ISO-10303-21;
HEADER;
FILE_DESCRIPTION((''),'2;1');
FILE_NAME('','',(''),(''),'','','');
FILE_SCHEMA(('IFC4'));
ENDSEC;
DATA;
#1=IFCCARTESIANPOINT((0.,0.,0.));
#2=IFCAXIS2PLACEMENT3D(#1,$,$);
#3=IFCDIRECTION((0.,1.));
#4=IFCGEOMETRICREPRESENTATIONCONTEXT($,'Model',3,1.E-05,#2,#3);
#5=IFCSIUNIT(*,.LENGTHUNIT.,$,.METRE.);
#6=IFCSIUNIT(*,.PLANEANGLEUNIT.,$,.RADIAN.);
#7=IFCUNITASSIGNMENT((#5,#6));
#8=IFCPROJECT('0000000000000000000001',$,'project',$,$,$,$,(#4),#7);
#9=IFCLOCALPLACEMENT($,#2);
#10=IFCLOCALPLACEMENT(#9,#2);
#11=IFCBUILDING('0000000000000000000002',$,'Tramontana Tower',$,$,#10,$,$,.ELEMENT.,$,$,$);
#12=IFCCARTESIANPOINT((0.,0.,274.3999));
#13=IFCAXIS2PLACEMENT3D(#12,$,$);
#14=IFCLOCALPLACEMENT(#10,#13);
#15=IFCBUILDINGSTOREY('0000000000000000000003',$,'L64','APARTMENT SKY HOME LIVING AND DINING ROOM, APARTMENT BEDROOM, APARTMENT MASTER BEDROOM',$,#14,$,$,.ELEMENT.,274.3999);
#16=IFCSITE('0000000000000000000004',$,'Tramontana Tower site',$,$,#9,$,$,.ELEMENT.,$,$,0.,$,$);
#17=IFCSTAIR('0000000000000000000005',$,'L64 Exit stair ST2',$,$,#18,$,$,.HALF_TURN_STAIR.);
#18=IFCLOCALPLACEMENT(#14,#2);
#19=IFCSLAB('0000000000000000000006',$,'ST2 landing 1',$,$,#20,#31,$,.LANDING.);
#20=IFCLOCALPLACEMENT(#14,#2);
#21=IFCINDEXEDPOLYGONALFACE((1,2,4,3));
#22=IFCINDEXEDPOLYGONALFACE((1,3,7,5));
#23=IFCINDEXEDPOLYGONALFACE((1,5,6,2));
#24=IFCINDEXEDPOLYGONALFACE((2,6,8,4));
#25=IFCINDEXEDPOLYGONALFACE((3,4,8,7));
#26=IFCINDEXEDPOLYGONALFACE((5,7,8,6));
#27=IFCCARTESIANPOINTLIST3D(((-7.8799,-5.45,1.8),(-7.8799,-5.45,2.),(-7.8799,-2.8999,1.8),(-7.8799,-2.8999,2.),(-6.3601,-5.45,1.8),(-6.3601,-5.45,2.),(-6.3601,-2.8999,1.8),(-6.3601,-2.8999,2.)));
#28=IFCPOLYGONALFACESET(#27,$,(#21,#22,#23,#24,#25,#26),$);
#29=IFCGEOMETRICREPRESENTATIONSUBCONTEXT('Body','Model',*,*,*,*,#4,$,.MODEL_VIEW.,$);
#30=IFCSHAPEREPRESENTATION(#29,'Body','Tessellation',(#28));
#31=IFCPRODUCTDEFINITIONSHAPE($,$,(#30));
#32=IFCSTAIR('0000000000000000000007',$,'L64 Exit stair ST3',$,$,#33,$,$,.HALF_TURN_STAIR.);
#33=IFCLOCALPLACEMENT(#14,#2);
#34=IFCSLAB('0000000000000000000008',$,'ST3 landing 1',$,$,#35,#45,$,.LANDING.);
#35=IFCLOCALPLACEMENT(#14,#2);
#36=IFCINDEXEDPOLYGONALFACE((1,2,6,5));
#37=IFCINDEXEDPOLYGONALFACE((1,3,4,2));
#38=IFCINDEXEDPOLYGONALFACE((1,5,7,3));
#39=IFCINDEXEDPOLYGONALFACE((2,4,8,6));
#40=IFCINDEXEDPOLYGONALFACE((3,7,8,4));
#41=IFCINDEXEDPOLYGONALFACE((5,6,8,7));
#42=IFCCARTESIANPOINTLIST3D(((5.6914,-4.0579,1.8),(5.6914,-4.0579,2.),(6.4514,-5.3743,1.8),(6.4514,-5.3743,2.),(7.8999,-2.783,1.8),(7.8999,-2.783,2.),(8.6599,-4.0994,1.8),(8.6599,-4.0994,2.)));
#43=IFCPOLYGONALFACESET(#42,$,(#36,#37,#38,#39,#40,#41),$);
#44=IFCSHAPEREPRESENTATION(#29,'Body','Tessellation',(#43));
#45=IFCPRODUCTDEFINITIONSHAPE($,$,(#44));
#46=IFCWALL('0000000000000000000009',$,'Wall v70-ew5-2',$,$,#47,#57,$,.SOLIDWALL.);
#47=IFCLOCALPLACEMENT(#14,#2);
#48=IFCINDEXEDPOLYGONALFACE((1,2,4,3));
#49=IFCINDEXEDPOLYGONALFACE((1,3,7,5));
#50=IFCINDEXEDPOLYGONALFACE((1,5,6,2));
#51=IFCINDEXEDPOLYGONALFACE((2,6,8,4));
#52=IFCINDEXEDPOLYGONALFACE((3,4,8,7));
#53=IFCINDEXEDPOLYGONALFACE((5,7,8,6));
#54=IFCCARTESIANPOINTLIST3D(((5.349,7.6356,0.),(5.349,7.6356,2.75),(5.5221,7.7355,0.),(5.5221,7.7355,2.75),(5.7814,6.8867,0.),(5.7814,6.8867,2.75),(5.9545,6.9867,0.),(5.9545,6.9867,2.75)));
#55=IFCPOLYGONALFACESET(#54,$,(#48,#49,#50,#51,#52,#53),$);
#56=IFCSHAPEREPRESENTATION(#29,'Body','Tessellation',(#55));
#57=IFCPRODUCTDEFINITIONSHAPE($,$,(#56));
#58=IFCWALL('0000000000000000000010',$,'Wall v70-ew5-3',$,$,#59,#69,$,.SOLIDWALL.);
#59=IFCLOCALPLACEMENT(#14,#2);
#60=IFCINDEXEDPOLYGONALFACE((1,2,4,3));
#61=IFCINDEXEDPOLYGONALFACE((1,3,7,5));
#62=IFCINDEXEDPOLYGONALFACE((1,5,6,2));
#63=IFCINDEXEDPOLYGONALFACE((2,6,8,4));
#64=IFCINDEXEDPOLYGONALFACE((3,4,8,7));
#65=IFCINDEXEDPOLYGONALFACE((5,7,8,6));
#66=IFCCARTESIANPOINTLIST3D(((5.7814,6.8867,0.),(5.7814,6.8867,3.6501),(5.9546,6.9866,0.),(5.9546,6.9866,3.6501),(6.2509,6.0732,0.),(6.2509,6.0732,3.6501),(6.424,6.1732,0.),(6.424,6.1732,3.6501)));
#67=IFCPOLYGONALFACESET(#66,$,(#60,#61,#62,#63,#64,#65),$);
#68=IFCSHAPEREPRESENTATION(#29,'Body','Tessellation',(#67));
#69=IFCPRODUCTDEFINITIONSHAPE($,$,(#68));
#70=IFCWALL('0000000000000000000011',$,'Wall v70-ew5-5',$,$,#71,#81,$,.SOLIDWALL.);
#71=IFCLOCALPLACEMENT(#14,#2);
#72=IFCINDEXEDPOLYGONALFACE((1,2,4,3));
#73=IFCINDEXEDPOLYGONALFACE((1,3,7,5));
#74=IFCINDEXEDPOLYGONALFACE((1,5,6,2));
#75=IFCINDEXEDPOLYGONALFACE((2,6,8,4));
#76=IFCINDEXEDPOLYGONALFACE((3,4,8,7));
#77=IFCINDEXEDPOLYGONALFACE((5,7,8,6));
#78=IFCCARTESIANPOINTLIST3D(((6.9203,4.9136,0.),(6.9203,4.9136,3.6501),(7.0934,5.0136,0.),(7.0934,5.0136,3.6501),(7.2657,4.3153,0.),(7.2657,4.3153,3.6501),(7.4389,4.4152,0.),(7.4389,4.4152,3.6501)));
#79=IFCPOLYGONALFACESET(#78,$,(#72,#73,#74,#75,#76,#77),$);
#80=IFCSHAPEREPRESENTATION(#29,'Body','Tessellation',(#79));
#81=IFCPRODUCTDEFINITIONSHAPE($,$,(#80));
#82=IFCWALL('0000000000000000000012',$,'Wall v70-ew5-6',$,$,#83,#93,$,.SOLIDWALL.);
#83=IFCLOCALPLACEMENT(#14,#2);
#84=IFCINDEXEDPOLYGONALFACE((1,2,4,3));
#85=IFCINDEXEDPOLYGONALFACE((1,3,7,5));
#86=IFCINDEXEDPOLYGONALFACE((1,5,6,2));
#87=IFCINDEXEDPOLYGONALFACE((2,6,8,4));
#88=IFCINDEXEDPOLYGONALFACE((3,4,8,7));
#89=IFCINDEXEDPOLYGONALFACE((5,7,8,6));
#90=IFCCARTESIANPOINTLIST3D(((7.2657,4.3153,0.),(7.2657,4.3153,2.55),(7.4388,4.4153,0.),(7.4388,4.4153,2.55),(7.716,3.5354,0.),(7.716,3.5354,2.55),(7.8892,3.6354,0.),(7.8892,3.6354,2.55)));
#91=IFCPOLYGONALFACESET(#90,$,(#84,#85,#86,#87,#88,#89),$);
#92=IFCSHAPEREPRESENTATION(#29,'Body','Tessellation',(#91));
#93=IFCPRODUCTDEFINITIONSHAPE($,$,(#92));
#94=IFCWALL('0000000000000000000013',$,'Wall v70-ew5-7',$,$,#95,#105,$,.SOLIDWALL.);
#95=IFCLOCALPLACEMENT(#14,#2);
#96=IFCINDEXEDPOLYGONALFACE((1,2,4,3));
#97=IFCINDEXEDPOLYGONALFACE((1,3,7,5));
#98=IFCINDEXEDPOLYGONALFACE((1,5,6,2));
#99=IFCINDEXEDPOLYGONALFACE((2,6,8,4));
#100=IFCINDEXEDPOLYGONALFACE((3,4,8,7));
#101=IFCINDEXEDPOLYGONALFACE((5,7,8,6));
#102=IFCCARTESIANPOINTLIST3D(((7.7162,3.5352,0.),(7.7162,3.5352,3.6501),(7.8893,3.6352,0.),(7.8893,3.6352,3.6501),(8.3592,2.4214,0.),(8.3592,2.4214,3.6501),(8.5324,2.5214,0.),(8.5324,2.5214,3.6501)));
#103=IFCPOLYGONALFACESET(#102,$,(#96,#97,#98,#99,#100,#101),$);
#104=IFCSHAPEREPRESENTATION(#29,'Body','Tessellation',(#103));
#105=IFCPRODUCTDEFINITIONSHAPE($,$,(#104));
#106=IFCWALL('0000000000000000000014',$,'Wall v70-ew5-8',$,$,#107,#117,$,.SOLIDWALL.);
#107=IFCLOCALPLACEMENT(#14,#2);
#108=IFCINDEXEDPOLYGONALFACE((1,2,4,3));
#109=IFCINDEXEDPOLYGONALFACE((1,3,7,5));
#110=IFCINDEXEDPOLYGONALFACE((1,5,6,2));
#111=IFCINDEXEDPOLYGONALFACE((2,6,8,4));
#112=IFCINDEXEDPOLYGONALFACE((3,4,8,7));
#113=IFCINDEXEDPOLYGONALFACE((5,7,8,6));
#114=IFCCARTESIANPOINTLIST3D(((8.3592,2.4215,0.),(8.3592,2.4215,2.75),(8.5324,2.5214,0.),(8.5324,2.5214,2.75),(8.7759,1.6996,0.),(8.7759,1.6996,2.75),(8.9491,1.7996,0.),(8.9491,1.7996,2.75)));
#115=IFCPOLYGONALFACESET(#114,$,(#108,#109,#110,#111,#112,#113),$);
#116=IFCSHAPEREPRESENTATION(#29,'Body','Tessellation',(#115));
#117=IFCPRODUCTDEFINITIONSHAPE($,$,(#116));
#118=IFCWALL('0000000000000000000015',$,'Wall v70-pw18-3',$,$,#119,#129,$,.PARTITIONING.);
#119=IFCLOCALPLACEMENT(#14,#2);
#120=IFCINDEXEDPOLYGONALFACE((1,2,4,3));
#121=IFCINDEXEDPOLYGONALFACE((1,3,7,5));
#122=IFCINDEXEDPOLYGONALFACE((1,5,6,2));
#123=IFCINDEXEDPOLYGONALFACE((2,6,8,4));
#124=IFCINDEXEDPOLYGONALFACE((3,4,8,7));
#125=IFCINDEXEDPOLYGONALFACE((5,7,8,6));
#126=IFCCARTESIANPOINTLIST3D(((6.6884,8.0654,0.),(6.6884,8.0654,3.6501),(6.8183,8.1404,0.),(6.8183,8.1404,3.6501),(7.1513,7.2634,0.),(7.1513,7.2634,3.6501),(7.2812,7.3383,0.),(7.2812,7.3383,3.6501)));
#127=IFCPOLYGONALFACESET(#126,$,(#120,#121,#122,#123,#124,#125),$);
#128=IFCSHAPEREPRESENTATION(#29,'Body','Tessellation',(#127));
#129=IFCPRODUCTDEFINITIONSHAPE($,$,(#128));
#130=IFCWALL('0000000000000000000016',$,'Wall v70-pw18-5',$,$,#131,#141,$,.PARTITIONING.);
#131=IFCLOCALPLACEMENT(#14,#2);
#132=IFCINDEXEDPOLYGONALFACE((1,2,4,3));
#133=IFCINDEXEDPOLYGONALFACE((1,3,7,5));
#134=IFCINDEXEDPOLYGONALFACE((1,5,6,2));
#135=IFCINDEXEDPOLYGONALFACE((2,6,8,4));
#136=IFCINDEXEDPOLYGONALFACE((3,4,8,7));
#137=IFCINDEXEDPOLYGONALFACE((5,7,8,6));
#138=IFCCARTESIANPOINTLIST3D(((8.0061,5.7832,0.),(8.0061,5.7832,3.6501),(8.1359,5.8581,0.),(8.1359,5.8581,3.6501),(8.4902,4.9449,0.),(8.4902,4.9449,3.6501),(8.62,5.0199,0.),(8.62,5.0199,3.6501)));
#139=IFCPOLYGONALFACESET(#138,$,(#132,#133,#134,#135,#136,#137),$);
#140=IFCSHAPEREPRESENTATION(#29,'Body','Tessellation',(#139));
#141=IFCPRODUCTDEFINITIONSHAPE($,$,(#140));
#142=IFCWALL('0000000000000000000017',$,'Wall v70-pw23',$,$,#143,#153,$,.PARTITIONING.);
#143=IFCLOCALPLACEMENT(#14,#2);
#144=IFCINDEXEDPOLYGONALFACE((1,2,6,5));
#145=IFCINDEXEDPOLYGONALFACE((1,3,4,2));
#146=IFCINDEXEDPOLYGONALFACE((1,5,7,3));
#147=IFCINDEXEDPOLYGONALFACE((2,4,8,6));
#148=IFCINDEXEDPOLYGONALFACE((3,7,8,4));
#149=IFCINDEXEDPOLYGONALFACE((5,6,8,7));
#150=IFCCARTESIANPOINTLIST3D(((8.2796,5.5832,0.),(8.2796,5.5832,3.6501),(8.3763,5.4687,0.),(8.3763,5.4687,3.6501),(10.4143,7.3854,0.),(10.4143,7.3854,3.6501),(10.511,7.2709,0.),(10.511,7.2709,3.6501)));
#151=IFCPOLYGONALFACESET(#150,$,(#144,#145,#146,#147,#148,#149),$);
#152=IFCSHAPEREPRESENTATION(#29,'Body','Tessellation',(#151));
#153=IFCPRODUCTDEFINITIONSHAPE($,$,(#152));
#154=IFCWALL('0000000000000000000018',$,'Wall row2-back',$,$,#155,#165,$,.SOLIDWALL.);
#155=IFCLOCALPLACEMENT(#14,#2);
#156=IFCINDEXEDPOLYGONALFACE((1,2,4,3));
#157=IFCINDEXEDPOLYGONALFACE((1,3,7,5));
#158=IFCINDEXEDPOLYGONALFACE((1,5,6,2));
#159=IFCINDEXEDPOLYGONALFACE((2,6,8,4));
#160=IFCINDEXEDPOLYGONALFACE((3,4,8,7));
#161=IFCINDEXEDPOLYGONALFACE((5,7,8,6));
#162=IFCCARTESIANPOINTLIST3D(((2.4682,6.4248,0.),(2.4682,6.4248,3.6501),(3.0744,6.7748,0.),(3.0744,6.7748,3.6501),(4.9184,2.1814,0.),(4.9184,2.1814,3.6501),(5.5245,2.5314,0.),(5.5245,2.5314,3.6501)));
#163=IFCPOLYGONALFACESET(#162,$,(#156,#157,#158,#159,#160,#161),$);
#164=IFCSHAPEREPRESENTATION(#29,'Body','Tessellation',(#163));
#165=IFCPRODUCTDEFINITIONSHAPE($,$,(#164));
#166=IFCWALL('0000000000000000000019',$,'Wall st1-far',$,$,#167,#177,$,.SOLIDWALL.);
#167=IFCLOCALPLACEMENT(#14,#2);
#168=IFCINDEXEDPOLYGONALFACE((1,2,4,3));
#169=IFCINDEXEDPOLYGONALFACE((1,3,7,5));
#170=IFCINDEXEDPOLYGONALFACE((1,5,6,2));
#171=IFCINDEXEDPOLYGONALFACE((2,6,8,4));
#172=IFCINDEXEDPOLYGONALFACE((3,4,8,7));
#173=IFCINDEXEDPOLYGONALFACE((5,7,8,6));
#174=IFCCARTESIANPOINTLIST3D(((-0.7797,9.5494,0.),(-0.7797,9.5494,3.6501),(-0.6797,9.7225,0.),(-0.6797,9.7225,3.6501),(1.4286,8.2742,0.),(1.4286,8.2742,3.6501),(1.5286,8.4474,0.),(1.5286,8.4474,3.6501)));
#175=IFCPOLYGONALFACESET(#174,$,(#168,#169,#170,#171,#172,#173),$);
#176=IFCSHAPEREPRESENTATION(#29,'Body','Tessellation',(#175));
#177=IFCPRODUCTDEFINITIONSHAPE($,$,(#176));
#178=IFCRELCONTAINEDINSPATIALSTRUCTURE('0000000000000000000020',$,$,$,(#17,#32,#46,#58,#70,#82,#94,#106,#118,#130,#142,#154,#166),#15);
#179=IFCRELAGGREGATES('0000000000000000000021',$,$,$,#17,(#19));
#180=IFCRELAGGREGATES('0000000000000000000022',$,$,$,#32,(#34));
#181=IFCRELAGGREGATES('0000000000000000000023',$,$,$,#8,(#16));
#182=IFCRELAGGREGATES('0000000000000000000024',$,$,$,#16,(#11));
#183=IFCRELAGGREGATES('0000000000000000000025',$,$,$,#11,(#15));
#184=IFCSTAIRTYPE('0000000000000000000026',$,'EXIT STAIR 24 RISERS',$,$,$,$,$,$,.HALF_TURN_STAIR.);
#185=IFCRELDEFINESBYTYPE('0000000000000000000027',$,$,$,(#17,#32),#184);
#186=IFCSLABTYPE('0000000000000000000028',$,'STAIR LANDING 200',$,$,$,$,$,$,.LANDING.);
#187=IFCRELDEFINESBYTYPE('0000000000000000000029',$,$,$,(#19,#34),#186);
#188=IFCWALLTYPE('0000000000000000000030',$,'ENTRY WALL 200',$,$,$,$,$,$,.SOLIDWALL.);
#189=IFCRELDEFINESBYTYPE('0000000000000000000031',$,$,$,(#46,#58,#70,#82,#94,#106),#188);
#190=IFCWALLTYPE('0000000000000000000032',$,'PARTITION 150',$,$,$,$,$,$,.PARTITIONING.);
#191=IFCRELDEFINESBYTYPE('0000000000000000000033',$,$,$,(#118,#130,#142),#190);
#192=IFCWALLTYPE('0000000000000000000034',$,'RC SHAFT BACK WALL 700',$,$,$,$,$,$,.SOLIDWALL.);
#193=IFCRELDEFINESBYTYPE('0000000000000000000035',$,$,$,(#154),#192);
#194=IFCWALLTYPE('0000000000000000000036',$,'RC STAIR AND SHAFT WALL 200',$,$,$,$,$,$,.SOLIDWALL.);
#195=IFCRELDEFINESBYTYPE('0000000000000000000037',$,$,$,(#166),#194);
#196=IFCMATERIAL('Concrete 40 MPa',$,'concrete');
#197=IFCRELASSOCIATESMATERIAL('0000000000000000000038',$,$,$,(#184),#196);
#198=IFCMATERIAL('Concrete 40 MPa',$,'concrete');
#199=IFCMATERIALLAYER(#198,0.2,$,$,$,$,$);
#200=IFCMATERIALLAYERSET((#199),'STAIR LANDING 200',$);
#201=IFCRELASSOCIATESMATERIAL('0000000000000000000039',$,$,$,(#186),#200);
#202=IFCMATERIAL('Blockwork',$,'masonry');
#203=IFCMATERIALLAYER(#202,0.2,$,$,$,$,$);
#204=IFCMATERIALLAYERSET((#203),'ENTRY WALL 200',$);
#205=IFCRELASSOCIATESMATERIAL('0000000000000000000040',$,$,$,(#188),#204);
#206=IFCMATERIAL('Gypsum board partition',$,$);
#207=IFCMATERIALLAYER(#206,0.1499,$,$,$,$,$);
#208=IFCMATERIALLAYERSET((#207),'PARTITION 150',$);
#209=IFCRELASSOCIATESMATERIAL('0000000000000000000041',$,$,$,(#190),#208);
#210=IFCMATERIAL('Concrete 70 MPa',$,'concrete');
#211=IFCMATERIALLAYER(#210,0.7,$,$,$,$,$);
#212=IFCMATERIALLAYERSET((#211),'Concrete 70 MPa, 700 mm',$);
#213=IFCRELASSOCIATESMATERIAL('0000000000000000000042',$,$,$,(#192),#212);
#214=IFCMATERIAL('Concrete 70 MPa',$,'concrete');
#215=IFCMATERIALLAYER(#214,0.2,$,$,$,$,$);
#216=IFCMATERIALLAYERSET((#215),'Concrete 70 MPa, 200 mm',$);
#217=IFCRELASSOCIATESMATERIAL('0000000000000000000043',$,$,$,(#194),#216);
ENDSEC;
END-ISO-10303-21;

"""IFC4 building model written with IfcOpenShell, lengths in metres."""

from ifc_helpers import new_model, si_unit, direction, frame, frame_2d, origin, place, context, subcontext, project, spatial, polyline, rectangle, outline, extrude, material, layer, layer_set, type_object, element, aggregate, save


model = new_model("IFC4")

# Units and contexts
model_context = context("Model", 3, precision=1e-05, world=origin(), true_north=direction((0.0, 1.0)))
body_context = subcontext(model_context, "Body", "Model", "MODEL_VIEW")
ifc_project = project(units=[si_unit("LENGTHUNIT", "METRE"), si_unit("PLANEANGLEUNIT", "RADIAN")], contexts=[model_context])

# Site, building, storey
site_placement = place(None, origin())
site = spatial("IfcSite", under=ifc_project, at=site_placement, Name="Tramontana Tower site", CompositionType="ELEMENT", RefElevation=0.0)
building_placement = place(site_placement, origin())
building = spatial("IfcBuilding", under=site, at=building_placement, Name="Tramontana Tower", CompositionType="ELEMENT")
storey_placement = place(building_placement, frame((0.0, 0.0, 274.3999)))
storey = spatial("IfcBuildingStorey", under=building, at=storey_placement, Name="L64", Description="APARTMENT SKY HOME LIVING AND DINING ROOM, APARTMENT BEDROOM, APARTMENT MASTER BEDROOM", CompositionType="ELEMENT", Elevation=274.3999)

# Stairs, slabs
ifc_material_1 = material(Name="Concrete 40 MPa", Category="concrete")
stair_type = type_object("IfcStairType", Name="EXIT STAIR 24 RISERS", PredefinedType="HALF_TURN_STAIR", material=ifc_material_1)
stair_1_placement = place(storey_placement, origin())
stair_1 = element("IfcStair", 1, at=stair_1_placement, inside=storey, type_object=stair_type, Name="L64 Exit stair ST2", PredefinedType="HALF_TURN_STAIR")
ifc_material_2 = material(Name="Concrete 40 MPa", Category="concrete")
ifc_layer_1 = layer(ifc_material_2, 0.2)
ifc_layer_set_1 = layer_set([ifc_layer_1], Name="STAIR LANDING 200")
slab_type = type_object("IfcSlabType", Name="STAIR LANDING 200", PredefinedType="LANDING", material=ifc_layer_set_1)
slab_1_placement = place(storey_placement, frame((0.0, 0.0, 1.8)))
slab_1 = element("IfcSlab", 2, at=slab_1_placement, type_object=slab_type, Name="ST2 landing 1", PredefinedType="LANDING", context=body_context, shape_type="SweptSolid", body=[
    extrude(outline(polyline([(-6.3601, -2.8999), (-7.8799, -2.8999), (-7.8799, -5.45), (-6.3601, -5.45), (-6.3601, -2.8999)])), origin(), (0.0, 0.0, 1.0), 0.2),
])
aggregate(stair_1, [slab_1])
stair_2_placement = place(storey_placement, origin())
stair_2 = element("IfcStair", 3, at=stair_2_placement, inside=storey, type_object=stair_type, Name="L64 Exit stair ST3", PredefinedType="HALF_TURN_STAIR")
slab_2_placement = place(storey_placement, frame((0.0, 0.0, 1.8)))
slab_2 = element("IfcSlab", 4, at=slab_2_placement, type_object=slab_type, Name="ST3 landing 1", PredefinedType="LANDING", context=body_context, shape_type="SweptSolid", body=[
    extrude(outline(polyline([(5.6914, -4.0579), (6.4514, -5.3743), (8.6599, -4.0994), (7.8999, -2.783), (5.6914, -4.0579)])), origin(), (0.0, 0.0, 1.0), 0.2),
])
aggregate(stair_2, [slab_2])

# Walls
ifc_material_3 = material(Name="Blockwork", Category="masonry")
ifc_layer_2 = layer(ifc_material_3, 0.2)
ifc_layer_set_2 = layer_set([ifc_layer_2], Name="ENTRY WALL 200")
wall_type_1 = type_object("IfcWallType", Name="ENTRY WALL 200", PredefinedType="SOLIDWALL", material=ifc_layer_set_2)
wall_1_placement = place(storey_placement, frame((5.4355, 7.6855, 0.0), z_axis=(0.0, 0.0, 1.0), x_axis=(0.500056, -0.865993, 0.0)))
element("IfcWall", 5, at=wall_1_placement, inside=storey, type_object=wall_type_1, Name="Wall v70-ew5-2", PredefinedType="SOLIDWALL", context=body_context, shape_type="SweptSolid", body=[
    extrude(rectangle(XDim=0.8647, YDim=0.2, at=frame_2d((0.4324, 0.0))), origin(), (0.0, 0.0, 1.0), 2.75),
])
wall_2_placement = place(storey_placement, frame((5.8679, 6.9368, 0.0), z_axis=(0.0, 0.0, 1.0), x_axis=(0.499857, -0.866108, 0.0)))
element("IfcWall", 6, at=wall_2_placement, inside=storey, type_object=wall_type_1, Name="Wall v70-ew5-3", PredefinedType="SOLIDWALL", context=body_context, shape_type="SweptSolid", body=[
    extrude(rectangle(XDim=0.9392, YDim=0.2, at=frame_2d((0.4697, 0.0))), origin(), (0.0, 0.0, 1.0), 3.6501),
])

# Walls
wall_3_placement = place(storey_placement, frame((7.0068, 4.9636, 0.0), z_axis=(0.0, 0.0, 1.0), x_axis=(0.499977, -0.866038, 0.0)))
element("IfcWall", 7, at=wall_3_placement, inside=storey, type_object=wall_type_1, Name="Wall v70-ew5-5", PredefinedType="SOLIDWALL", context=body_context, shape_type="SweptSolid", body=[
    extrude(rectangle(XDim=0.6909, YDim=0.2, at=frame_2d((0.3455, 0.0))), origin(), (0.0, 0.0, 1.0), 3.6501),
])
wall_4_placement = place(storey_placement, frame((7.3523, 4.3652, 0.0), z_axis=(0.0, 0.0, 1.0), x_axis=(0.500074, -0.865982, 0.0)))
element("IfcWall", 8, at=wall_4_placement, inside=storey, type_object=wall_type_1, Name="Wall v70-ew5-6", PredefinedType="SOLIDWALL", context=body_context, shape_type="SweptSolid", body=[
    extrude(rectangle(XDim=0.9006, YDim=0.2, at=frame_2d((0.4502, 0.0))), origin(), (0.0, 0.0, 1.0), 2.55),
])
wall_5_placement = place(storey_placement, frame((7.8027, 3.5852, 0.0), z_axis=(0.0, 0.0, 1.0), x_axis=(0.500018, -0.866015, 0.0)))
element("IfcWall", 9, at=wall_5_placement, inside=storey, type_object=wall_type_1, Name="Wall v70-ew5-7", PredefinedType="SOLIDWALL", context=body_context, shape_type="SweptSolid", body=[
    extrude(rectangle(XDim=1.2861, YDim=0.2, at=frame_2d((0.6431, 0.0))), origin(), (0.0, 0.0, 1.0), 3.6501),
])
wall_6_placement = place(storey_placement, frame((8.4458, 2.4714, 0.0), z_axis=(0.0, 0.0, 1.0), x_axis=(0.499951, -0.866054, 0.0)))
element("IfcWall", 10, at=wall_6_placement, inside=storey, type_object=wall_type_1, Name="Wall v70-ew5-8", PredefinedType="SOLIDWALL", context=body_context, shape_type="SweptSolid", body=[
    extrude(rectangle(XDim=0.8335, YDim=0.2, at=frame_2d((0.4167, 0.0))), origin(), (0.0, 0.0, 1.0), 2.75),
])
ifc_material_4 = material(Name="Gypsum board partition")
ifc_layer_3 = layer(ifc_material_4, 0.1499)
ifc_layer_set_3 = layer_set([ifc_layer_3], Name="PARTITION 150")
wall_type_2 = type_object("IfcWallType", Name="PARTITION 150", PredefinedType="PARTITIONING", material=ifc_layer_set_3)
wall_7_placement = place(storey_placement, frame((6.7534, 8.1028, 0.0), z_axis=(0.0, 0.0, 1.0), x_axis=(0.499882, -0.866093, 0.0)))
element("IfcWall", 11, at=wall_7_placement, inside=storey, type_object=wall_type_2, Name="Wall v70-pw18-3", PredefinedType="PARTITIONING", context=body_context, shape_type="SweptSolid", body=[
    extrude(rectangle(XDim=0.926, YDim=0.1499, at=frame_2d((0.4629, 0.0))), origin(), (0.0, 0.0, 1.0), 3.6501),
])

# Wall
wall_8_placement = place(storey_placement, frame((8.071, 5.8206, 0.0), z_axis=(0.0, 0.0, 1.0), x_axis=(0.500072, -0.865984, 0.0)))
element("IfcWall", 12, at=wall_8_placement, inside=storey, type_object=wall_type_2, Name="Wall v70-pw18-5", PredefinedType="PARTITIONING", context=body_context, shape_type="SweptSolid", body=[
    extrude(rectangle(XDim=0.968, YDim=0.1499, at=frame_2d((0.4839, 0.0))), origin(), (0.0, 0.0, 1.0), 3.6501),
])

# Walls
wall_9_placement = place(storey_placement, frame((8.3279, 5.5259, 0.0), z_axis=(0.0, 0.0, 1.0), x_axis=(0.764108, 0.645088, 0.0)))
element("IfcWall", 13, at=wall_9_placement, inside=storey, type_object=wall_type_2, Name="Wall v70-pw23", PredefinedType="PARTITIONING", context=body_context, shape_type="SweptSolid", body=[
    extrude(rectangle(XDim=2.7937, YDim=0.1499, at=frame_2d((1.397, 0.0))), origin(), (0.0, 0.0, 1.0), 3.6501),
])
ifc_material_5 = material(Name="Concrete 70 MPa", Category="concrete")
ifc_layer_4 = layer(ifc_material_5, 0.7)
ifc_layer_set_4 = layer_set([ifc_layer_4], Name="Concrete 70 MPa, 700 mm")
wall_type_3 = type_object("IfcWallType", Name="RC SHAFT BACK WALL 700", PredefinedType="SOLIDWALL", material=ifc_layer_set_4)
wall_10_placement = place(storey_placement, frame((5.2214, 2.3564, 0.0), z_axis=(0.0, 0.0, 1.0), x_axis=(-0.50004, 0.866002, 0.0)))
element("IfcWall", 14, at=wall_10_placement, inside=storey, type_object=wall_type_3, Name="Wall row2-back", PredefinedType="SOLIDWALL", context=body_context, shape_type="SweptSolid", body=[
    extrude(rectangle(XDim=4.8999, YDim=0.7, at=frame_2d((2.45, 0.0))), origin(), (0.0, 0.0, 1.0), 3.6501),
])
ifc_material_6 = material(Name="Concrete 70 MPa", Category="concrete")
ifc_layer_5 = layer(ifc_material_6, 0.2)
ifc_layer_set_5 = layer_set([ifc_layer_5], Name="Concrete 70 MPa, 200 mm")
wall_type_4 = type_object("IfcWallType", Name="RC STAIR AND SHAFT WALL 200", PredefinedType="SOLIDWALL", material=ifc_layer_set_5)
wall_11_placement = place(storey_placement, frame((1.4785, 8.3608, 0.0), z_axis=(0.0, 0.0, 1.0), x_axis=(-0.865989, 0.500062, 0.0)))
element("IfcWall", 15, at=wall_11_placement, inside=storey, type_object=wall_type_4, Name="Wall st1-far", PredefinedType="SOLIDWALL", context=body_context, shape_type="SweptSolid", body=[
    extrude(rectangle(XDim=2.55, YDim=0.2, at=frame_2d((1.2749, 0.0))), origin(), (0.0, 0.0, 1.0), 3.6501),
])

save(model, "model.ifc")
